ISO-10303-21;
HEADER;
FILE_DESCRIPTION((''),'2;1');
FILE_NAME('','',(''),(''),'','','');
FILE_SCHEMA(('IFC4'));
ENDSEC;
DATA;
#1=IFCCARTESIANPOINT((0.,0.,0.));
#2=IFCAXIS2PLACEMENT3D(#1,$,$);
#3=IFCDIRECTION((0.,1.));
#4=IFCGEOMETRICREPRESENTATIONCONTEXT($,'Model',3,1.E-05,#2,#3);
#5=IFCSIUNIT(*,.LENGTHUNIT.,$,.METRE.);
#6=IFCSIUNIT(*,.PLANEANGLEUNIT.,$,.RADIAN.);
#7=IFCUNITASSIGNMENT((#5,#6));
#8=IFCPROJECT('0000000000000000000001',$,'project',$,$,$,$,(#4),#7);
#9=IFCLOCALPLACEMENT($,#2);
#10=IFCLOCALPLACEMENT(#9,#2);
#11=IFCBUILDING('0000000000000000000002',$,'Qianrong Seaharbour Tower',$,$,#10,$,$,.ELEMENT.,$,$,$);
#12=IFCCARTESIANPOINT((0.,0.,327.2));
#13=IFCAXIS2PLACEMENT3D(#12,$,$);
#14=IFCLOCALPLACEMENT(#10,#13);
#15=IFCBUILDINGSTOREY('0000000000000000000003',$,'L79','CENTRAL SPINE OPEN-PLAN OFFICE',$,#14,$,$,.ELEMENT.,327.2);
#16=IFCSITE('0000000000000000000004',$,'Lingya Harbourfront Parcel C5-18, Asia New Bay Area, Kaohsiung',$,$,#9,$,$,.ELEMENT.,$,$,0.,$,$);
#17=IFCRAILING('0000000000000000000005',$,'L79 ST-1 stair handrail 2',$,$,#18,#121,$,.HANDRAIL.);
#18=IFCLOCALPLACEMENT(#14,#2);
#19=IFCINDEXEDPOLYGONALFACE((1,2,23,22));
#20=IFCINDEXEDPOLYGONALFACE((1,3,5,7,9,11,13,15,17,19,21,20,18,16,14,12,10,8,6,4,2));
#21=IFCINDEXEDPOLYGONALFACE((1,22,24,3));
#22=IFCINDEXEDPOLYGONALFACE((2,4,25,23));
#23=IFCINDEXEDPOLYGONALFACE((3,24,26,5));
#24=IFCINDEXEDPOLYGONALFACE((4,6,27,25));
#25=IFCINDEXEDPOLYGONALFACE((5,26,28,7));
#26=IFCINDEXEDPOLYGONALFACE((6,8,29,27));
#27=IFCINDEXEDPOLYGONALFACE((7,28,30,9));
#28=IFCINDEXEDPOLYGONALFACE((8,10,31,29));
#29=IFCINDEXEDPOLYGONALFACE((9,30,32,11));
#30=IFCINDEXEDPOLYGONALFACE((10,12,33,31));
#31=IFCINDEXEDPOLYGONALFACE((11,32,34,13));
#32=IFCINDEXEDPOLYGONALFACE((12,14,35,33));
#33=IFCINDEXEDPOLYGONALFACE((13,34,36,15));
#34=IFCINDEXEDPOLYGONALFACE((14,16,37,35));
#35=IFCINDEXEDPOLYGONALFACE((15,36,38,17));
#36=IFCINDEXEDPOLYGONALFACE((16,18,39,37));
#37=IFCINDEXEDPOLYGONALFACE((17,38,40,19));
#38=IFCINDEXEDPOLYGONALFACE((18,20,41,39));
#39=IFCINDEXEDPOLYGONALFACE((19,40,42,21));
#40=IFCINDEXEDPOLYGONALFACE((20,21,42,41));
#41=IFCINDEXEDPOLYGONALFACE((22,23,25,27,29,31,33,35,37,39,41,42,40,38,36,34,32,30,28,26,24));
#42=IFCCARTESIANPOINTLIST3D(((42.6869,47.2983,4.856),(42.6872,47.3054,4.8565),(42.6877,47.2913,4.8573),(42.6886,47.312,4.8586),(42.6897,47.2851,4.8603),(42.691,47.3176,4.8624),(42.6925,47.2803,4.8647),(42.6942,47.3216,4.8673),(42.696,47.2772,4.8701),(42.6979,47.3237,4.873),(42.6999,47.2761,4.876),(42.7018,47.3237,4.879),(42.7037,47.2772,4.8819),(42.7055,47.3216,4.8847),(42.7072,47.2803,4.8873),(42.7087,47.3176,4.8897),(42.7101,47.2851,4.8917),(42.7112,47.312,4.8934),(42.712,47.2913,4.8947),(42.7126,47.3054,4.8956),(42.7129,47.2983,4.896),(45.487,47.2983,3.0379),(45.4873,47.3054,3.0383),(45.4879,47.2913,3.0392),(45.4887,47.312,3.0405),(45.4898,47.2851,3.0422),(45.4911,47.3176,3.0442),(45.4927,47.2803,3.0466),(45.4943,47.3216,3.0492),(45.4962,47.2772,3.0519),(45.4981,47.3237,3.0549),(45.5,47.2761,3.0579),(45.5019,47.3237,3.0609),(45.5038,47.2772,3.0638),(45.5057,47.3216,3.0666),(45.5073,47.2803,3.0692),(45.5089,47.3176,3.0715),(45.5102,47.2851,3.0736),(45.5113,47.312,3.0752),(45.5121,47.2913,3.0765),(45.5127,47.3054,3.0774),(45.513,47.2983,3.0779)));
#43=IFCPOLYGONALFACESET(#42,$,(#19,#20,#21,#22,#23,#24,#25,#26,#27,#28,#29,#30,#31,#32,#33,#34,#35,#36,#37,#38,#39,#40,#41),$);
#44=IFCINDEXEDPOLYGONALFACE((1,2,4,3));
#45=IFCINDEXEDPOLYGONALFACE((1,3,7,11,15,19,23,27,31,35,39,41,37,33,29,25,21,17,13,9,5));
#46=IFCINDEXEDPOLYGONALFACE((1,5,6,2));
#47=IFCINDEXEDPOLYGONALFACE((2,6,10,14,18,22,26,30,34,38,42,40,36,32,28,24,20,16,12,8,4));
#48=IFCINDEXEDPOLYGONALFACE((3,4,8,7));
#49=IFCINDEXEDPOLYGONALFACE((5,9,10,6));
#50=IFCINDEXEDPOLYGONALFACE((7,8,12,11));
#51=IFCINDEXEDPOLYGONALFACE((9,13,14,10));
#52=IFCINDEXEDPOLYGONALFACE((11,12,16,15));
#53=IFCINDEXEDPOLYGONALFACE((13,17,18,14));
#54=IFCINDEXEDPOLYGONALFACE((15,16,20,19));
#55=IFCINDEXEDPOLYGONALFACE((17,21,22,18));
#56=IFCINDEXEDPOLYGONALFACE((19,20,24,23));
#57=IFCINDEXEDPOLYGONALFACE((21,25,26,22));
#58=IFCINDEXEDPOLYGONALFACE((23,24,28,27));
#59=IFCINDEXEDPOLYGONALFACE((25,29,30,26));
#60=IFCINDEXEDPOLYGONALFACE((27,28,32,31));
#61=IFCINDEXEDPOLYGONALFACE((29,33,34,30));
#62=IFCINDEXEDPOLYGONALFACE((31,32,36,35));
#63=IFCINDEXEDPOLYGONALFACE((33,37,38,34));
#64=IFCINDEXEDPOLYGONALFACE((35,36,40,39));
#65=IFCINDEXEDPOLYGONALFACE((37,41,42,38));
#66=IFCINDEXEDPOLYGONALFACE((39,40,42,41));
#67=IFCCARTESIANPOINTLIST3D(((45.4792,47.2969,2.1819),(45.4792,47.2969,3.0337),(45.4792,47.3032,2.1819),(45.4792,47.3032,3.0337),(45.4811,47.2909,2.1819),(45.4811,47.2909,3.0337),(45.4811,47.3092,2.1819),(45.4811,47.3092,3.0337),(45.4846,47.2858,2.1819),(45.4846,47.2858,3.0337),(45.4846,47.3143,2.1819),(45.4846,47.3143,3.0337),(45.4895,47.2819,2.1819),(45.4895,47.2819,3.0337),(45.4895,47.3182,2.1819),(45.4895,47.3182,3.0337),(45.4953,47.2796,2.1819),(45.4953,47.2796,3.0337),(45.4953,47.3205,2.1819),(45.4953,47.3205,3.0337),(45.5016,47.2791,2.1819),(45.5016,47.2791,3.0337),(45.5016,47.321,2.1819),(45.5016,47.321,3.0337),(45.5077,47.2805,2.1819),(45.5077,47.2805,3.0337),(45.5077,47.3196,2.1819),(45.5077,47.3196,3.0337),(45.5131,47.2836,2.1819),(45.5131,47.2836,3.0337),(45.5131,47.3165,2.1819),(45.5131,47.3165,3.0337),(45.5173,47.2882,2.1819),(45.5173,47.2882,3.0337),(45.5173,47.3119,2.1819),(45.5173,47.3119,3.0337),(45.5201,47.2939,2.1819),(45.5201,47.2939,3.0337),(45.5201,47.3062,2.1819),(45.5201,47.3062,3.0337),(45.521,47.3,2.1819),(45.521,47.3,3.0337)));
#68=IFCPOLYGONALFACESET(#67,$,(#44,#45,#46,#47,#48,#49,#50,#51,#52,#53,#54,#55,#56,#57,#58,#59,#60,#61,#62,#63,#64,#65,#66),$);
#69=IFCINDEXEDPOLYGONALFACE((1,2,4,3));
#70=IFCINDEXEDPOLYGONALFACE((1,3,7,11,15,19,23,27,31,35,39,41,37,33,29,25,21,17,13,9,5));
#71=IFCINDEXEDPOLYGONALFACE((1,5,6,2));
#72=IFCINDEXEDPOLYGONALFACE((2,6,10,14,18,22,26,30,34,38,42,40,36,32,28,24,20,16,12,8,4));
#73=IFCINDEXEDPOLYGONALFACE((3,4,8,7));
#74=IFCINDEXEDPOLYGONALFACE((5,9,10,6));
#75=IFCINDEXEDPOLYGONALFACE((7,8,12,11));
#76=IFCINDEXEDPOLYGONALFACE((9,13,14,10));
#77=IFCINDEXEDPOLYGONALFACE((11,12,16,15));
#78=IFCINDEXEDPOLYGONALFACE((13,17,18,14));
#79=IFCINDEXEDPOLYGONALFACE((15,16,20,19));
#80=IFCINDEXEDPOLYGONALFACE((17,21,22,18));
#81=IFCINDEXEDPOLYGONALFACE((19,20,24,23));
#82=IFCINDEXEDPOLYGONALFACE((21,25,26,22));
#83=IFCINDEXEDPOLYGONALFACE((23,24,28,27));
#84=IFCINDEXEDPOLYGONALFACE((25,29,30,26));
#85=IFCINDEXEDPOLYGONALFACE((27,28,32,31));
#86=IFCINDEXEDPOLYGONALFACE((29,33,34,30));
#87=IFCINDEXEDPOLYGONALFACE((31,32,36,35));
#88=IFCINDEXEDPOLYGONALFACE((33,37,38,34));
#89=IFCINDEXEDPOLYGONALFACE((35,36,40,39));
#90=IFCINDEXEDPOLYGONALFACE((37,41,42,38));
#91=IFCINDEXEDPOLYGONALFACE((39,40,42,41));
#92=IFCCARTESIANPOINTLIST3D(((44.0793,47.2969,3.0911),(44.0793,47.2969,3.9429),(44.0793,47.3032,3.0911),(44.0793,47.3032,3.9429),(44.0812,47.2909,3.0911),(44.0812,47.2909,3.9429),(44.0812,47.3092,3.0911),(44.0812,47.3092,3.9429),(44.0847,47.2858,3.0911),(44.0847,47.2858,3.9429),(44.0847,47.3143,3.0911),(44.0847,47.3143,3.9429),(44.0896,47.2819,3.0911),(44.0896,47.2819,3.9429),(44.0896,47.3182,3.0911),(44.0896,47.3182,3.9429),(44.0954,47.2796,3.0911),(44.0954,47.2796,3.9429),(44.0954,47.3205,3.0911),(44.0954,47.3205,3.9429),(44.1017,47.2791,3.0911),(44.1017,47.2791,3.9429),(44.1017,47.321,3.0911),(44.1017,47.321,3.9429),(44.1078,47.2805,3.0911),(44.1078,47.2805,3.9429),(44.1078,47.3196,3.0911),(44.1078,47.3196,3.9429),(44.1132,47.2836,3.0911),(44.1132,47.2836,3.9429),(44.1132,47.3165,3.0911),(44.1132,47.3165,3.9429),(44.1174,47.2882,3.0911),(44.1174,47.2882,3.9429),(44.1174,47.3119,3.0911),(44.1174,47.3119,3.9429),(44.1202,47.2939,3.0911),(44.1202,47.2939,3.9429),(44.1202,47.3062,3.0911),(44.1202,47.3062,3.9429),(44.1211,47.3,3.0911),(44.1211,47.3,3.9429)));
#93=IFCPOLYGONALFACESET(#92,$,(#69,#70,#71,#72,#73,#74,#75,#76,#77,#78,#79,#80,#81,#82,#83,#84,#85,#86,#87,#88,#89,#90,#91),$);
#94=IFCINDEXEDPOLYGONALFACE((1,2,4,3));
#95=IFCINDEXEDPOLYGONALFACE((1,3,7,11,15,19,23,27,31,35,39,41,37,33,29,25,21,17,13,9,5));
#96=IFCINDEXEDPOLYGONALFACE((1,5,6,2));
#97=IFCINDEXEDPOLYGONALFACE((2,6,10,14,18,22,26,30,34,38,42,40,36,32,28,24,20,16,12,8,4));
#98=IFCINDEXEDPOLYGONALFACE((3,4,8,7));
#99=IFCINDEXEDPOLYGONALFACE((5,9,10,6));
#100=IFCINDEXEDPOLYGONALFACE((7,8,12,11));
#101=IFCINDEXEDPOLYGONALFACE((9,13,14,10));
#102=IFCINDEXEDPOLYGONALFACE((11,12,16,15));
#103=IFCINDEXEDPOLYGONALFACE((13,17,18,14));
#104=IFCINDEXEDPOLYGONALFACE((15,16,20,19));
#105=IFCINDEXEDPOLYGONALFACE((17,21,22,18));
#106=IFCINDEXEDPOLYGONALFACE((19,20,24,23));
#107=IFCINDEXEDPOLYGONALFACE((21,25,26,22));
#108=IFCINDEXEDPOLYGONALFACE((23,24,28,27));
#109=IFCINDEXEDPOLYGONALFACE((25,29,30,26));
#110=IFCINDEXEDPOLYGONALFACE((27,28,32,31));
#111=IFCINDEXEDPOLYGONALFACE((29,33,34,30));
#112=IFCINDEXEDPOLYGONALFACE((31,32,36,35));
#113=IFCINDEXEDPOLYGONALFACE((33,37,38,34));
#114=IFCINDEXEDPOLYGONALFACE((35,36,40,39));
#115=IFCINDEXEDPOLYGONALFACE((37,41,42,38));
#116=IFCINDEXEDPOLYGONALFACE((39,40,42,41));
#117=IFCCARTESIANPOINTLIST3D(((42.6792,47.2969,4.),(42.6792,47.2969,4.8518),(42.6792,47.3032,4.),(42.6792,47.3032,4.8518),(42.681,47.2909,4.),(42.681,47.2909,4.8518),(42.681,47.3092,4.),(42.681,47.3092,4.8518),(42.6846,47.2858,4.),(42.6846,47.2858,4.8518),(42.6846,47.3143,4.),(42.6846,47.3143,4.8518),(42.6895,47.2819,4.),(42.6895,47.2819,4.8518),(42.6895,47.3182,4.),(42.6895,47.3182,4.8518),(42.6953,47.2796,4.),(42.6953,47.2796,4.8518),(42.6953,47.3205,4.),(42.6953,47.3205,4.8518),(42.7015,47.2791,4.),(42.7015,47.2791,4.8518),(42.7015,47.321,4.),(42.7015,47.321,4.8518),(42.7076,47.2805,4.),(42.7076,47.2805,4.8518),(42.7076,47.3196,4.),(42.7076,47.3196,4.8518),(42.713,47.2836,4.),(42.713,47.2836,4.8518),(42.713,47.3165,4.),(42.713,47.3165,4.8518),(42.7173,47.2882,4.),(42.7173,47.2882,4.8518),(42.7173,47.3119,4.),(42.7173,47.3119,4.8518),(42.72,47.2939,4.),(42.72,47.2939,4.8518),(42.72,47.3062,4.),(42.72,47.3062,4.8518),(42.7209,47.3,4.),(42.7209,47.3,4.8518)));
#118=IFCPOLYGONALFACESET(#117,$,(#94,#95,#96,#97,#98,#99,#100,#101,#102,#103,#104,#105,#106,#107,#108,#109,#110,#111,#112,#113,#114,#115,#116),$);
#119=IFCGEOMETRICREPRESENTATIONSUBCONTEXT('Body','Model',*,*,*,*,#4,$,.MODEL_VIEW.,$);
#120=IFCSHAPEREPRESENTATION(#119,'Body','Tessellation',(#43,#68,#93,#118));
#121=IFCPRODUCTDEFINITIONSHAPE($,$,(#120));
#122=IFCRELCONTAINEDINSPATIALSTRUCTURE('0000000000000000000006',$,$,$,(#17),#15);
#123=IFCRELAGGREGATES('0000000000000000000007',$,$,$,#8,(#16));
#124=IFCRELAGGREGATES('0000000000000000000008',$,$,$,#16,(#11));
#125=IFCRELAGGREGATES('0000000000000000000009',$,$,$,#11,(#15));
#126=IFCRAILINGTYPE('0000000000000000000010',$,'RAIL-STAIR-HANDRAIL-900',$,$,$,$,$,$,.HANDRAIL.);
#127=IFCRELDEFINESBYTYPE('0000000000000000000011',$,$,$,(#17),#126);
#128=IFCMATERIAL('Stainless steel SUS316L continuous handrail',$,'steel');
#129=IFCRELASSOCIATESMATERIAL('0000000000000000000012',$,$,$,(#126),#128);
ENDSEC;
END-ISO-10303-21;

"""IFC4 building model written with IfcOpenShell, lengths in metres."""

from ifc_helpers import new_model, si_unit, direction, frame, origin, origin_2d, place, context, subcontext, project, spatial, circle, extrude, material, type_object, element, save


model = new_model("IFC4")

# Units and contexts
model_context = context("Model", 3, precision=1e-05, world=origin(), true_north=direction((0.0, 1.0)))
body_context = subcontext(model_context, "Body", "Model", "MODEL_VIEW")
ifc_project = project(units=[si_unit("LENGTHUNIT", "METRE"), si_unit("PLANEANGLEUNIT", "RADIAN")], contexts=[model_context])

# Site, building, storey
site_placement = place(None, origin())
site = spatial("IfcSite", under=ifc_project, at=site_placement, Name="Lingya Harbourfront Parcel C5-18, Asia New Bay Area, Kaohsiung", CompositionType="ELEMENT", RefElevation=0.0)
building_placement = place(site_placement, origin())
building = spatial("IfcBuilding", under=site, at=building_placement, Name="Qianrong Seaharbour Tower", CompositionType="ELEMENT")
storey_placement = place(building_placement, frame((0.0, 0.0, 327.2)))
storey = spatial("IfcBuildingStorey", under=building, at=storey_placement, Name="L79", Description="CENTRAL SPINE OPEN-PLAN OFFICE", CompositionType="ELEMENT", Elevation=327.2)

# Railing
ifc_material_1 = material(Name="Stainless steel SUS316L continuous handrail", Category="steel")
railing_type_1 = type_object("IfcRailingType", Name="RAIL-STAIR-HANDRAIL-900", PredefinedType="HANDRAIL", material=ifc_material_1)
railing_1_placement = place(storey_placement, frame((45.5, 47.3, 2.1819)))
element("IfcRailing", 1, at=railing_1_placement, inside=storey, type_object=railing_type_1, Name="L79 ST-1 stair handrail 2", PredefinedType="HANDRAIL", context=body_context, shape_type="SweptSolid", body=[
    extrude(circle(Radius=0.0239, at=origin_2d()), frame((0.0, 0.0, 0.876), z_axis=(-0.838706, 0.0, 0.544585), x_axis=(0.0, -1.0, 0.0)), (0.0, 0.0, 1.0), 3.3386),
    extrude(circle(Radius=0.021, at=origin_2d()), origin(), (0.0, 0.0, 1.0), 0.8518),
    extrude(circle(Radius=0.021, at=origin_2d()), frame((-1.3999, 0.0, 0.9092)), (0.0, 0.0, 1.0), 0.8518),
    extrude(circle(Radius=0.021, at=origin_2d()), frame((-2.8, 0.0, 1.8181)), (0.0, 0.0, 1.0), 0.8518),
])

save(model, "model.ifc")
